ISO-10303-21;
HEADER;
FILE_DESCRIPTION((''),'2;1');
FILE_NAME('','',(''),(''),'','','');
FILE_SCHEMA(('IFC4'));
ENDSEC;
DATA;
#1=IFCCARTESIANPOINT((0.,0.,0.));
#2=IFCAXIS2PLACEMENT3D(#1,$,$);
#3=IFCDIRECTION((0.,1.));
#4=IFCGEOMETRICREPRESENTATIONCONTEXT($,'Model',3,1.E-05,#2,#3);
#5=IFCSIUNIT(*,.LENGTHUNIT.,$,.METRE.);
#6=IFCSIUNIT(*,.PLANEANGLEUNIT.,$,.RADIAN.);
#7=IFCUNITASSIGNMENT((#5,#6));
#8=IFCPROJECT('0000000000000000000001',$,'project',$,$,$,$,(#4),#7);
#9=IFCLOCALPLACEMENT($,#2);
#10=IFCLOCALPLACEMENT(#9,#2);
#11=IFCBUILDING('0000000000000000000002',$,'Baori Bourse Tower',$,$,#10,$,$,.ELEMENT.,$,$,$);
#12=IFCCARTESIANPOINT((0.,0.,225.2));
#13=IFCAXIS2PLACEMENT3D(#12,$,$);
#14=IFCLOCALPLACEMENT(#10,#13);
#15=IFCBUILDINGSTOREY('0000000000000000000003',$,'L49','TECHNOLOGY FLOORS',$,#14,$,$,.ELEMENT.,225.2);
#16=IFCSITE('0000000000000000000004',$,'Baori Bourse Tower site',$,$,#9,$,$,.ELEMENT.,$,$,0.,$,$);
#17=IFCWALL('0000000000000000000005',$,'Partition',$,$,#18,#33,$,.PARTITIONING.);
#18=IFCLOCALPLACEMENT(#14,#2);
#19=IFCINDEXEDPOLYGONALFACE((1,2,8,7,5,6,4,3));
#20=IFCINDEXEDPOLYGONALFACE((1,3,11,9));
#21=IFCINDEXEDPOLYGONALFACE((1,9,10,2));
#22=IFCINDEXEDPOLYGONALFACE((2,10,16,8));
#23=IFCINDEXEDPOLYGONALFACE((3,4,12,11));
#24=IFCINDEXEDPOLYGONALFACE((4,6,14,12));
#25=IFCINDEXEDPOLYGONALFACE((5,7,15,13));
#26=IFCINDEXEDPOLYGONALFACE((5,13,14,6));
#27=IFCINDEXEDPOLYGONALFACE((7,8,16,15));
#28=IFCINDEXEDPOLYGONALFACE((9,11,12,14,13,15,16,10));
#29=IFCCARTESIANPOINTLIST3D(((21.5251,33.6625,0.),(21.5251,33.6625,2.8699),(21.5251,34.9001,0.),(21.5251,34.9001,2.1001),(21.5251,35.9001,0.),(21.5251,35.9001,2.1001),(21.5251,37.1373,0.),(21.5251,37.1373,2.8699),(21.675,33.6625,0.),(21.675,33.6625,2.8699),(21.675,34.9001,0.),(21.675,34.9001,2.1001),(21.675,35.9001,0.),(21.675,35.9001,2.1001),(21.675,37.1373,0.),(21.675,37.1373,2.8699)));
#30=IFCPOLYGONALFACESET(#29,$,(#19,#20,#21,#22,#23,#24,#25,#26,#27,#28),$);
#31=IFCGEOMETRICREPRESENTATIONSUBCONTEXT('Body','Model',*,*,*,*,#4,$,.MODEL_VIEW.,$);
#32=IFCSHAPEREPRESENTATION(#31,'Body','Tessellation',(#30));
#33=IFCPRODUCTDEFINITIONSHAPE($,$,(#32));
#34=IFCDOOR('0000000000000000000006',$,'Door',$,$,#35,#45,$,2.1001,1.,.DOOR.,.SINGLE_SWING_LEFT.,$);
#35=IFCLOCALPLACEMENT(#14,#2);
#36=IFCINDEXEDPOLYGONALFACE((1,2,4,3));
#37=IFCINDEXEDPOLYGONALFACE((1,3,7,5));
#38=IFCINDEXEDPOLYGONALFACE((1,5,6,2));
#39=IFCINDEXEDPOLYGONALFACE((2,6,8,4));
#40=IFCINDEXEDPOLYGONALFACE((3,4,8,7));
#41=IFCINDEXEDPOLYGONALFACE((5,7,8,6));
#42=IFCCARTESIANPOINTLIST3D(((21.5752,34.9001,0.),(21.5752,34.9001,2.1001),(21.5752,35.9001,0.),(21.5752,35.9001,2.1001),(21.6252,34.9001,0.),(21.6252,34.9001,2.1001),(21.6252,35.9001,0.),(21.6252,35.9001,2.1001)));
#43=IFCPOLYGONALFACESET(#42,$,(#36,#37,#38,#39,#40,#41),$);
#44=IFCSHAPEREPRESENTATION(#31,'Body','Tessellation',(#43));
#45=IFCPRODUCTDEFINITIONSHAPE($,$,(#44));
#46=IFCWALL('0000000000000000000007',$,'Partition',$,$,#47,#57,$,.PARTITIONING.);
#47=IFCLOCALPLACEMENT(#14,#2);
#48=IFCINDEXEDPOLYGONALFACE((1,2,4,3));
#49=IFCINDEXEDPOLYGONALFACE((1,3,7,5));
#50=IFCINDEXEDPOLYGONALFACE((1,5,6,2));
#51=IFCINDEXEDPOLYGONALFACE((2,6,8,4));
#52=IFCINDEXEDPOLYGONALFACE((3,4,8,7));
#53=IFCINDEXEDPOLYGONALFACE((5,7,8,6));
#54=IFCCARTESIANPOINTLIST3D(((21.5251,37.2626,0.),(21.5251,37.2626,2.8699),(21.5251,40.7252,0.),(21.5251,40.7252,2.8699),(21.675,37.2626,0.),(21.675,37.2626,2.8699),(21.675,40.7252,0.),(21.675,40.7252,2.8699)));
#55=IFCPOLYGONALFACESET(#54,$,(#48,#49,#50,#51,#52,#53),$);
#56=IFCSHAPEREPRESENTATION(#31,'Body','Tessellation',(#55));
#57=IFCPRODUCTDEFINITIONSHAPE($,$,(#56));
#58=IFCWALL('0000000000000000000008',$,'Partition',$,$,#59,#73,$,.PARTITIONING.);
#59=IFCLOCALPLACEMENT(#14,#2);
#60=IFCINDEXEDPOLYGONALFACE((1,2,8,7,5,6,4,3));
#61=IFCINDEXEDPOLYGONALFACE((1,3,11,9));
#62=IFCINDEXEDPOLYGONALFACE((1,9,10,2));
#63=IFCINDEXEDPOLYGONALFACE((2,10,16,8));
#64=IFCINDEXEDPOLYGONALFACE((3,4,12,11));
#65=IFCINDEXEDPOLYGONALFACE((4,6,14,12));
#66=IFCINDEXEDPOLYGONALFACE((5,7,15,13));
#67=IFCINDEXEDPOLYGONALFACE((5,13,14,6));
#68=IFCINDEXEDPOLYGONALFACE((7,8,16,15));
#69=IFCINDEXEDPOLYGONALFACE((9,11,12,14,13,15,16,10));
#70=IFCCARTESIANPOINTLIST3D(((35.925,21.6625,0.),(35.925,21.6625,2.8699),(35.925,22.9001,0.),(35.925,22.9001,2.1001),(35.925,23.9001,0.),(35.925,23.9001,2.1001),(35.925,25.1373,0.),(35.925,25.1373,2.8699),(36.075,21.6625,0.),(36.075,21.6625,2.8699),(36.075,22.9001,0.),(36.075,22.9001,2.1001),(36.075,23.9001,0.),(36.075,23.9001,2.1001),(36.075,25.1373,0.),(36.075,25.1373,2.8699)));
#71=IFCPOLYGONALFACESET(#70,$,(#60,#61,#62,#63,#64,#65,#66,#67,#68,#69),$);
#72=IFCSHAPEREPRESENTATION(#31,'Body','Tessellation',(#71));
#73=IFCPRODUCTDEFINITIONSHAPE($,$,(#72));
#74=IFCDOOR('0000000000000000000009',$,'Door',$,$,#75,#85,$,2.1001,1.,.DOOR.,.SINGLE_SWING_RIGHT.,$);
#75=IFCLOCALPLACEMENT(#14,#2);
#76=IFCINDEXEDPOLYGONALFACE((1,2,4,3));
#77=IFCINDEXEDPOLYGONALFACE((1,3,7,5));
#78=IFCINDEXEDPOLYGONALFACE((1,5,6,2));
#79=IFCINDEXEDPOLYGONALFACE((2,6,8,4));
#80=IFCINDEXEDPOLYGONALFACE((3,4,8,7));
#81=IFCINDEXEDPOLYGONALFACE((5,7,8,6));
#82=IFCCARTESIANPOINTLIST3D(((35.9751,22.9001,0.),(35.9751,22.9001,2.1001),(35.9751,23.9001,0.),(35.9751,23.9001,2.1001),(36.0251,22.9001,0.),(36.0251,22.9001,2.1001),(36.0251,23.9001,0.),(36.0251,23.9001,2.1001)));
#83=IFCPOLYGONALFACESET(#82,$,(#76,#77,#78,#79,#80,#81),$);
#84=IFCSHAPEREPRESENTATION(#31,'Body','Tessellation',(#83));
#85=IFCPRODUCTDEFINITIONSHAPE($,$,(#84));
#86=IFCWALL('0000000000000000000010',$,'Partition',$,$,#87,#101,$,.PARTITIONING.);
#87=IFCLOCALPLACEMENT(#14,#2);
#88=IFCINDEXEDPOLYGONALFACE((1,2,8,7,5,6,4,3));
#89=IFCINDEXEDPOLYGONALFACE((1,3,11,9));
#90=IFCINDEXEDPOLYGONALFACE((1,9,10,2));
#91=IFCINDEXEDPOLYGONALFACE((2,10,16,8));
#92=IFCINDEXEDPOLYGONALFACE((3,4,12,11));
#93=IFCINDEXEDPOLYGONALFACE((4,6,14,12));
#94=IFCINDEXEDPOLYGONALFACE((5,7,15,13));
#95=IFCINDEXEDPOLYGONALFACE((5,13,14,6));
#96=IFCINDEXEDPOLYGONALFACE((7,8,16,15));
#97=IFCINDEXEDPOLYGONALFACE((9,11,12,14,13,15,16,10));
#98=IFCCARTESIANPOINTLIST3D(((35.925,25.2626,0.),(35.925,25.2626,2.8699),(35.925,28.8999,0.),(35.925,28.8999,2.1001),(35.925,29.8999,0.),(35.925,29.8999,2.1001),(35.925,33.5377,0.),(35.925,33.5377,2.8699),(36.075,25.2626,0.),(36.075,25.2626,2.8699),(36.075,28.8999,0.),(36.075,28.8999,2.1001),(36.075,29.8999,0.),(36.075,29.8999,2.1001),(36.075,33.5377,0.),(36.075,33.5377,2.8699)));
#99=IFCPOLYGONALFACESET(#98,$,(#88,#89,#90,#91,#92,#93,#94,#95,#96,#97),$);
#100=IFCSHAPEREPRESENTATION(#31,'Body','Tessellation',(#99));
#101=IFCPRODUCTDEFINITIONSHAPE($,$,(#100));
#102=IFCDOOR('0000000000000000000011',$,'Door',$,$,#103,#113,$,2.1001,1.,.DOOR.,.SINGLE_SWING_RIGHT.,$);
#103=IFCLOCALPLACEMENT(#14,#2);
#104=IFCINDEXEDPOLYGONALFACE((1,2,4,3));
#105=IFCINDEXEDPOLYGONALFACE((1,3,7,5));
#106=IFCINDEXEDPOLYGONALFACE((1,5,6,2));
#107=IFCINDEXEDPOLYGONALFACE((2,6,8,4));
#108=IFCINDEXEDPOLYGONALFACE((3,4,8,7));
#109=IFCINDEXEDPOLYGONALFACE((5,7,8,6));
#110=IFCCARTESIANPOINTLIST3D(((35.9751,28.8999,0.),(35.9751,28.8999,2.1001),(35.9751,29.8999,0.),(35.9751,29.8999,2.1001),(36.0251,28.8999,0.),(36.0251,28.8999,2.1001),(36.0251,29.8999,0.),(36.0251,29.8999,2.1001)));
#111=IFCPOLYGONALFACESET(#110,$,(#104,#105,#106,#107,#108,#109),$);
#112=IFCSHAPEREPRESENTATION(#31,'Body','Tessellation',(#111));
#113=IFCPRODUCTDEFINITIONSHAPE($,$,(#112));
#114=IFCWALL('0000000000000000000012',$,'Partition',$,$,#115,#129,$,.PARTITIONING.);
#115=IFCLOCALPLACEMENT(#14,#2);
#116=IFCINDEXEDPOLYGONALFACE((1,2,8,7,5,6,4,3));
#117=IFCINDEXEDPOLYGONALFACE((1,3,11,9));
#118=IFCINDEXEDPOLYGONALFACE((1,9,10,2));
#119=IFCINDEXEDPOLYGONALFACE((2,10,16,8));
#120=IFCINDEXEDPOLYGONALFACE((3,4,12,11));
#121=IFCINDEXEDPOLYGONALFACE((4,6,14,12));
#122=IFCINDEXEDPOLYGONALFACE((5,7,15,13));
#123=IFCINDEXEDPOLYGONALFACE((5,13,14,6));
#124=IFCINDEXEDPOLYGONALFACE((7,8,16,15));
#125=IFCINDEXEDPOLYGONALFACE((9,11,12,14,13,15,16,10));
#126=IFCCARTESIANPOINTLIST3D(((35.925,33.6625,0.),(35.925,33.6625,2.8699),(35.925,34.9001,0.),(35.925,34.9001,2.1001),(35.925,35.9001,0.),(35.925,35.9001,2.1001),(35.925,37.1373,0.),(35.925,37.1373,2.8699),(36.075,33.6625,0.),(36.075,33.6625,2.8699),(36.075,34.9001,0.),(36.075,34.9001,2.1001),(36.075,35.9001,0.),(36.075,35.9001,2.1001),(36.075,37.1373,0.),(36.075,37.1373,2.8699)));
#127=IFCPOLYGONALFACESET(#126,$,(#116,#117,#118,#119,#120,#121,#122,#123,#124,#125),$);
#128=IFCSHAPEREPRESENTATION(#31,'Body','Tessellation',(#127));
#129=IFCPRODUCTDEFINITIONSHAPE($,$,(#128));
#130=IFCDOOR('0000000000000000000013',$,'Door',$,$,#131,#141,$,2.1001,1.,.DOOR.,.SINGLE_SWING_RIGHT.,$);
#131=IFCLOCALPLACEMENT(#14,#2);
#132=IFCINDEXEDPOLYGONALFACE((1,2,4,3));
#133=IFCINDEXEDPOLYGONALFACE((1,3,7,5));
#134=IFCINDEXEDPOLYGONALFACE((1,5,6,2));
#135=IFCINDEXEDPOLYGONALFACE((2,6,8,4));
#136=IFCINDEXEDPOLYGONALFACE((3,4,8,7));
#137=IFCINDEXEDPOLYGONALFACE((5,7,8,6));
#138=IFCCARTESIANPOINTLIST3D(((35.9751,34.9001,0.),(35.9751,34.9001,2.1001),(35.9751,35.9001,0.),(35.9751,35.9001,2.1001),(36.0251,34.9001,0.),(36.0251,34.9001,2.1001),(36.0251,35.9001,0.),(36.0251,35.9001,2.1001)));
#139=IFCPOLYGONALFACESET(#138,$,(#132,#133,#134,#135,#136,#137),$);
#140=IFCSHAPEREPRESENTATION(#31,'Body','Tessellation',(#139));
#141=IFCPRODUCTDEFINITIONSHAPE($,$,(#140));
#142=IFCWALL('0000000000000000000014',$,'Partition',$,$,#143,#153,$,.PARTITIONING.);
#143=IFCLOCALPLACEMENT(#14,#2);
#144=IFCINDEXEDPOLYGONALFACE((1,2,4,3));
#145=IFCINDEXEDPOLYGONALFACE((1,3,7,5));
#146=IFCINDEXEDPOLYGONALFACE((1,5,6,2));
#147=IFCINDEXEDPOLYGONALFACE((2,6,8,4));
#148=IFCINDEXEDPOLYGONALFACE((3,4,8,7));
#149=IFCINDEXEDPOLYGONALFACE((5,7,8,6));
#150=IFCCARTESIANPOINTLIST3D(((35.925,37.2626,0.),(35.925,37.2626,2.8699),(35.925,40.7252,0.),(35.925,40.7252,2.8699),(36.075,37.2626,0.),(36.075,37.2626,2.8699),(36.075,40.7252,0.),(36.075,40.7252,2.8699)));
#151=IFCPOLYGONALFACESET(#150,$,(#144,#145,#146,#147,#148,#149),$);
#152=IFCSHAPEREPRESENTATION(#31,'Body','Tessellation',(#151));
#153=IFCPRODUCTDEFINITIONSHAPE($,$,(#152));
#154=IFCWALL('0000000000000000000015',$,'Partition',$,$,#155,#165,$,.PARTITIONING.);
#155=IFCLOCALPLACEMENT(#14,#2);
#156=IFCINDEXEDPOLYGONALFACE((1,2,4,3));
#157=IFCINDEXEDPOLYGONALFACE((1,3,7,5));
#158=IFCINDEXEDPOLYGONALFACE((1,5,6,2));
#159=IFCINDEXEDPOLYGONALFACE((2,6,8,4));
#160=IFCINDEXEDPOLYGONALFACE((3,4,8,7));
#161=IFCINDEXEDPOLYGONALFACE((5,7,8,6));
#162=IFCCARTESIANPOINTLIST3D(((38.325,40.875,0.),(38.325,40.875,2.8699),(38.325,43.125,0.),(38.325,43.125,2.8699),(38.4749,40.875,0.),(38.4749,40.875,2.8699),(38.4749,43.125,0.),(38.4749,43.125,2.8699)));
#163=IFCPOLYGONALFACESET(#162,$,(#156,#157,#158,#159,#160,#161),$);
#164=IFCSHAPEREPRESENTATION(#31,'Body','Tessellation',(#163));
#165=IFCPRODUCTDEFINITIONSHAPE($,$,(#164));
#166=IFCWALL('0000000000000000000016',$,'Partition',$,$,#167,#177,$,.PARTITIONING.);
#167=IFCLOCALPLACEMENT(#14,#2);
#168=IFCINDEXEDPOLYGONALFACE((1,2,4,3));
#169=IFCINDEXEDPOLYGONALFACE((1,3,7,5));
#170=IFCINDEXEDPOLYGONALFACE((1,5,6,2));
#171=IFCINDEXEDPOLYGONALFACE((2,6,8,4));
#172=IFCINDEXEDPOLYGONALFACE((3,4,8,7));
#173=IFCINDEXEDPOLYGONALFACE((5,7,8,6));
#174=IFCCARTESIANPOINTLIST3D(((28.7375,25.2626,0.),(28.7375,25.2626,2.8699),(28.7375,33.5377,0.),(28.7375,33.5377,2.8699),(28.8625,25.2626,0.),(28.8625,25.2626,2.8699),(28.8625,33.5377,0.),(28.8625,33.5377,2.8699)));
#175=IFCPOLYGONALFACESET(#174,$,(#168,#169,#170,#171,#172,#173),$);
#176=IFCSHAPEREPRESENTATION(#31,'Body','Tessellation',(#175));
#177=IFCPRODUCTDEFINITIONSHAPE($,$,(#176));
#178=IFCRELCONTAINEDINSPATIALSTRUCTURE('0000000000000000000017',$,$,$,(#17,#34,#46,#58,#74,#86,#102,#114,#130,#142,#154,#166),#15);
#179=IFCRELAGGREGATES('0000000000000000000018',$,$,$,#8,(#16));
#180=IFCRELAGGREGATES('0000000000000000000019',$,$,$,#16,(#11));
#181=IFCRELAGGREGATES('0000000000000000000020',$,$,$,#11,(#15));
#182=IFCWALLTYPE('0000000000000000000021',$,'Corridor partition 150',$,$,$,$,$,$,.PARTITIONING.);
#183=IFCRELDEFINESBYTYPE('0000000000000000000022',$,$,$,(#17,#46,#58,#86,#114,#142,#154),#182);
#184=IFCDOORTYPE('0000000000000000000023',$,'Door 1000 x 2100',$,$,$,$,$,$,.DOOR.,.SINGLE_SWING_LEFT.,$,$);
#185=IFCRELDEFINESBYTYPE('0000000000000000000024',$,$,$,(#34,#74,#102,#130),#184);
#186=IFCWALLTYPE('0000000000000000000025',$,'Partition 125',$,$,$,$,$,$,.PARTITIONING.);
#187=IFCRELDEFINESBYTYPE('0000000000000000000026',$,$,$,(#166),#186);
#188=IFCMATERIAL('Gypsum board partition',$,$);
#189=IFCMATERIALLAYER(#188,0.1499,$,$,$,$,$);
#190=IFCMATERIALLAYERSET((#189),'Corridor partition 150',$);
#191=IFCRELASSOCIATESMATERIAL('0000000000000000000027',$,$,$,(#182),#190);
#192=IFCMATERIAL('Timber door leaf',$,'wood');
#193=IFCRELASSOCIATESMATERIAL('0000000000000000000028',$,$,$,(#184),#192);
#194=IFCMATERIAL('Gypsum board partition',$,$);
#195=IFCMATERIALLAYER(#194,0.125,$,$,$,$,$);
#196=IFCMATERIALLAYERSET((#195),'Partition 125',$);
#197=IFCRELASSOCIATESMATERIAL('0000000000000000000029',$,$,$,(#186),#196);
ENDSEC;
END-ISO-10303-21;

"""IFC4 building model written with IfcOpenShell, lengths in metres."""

from ifc_helpers import new_model, si_unit, direction, frame, frame_2d, origin, place, context, subcontext, project, spatial, rectangle, extrude, material, layer, layer_set, type_object, element, fill, save


model = new_model("IFC4")

# Units and contexts
model_context = context("Model", 3, precision=1e-05, world=origin(), true_north=direction((0.0, 1.0)))
body_context = subcontext(model_context, "Body", "Model", "MODEL_VIEW")
ifc_project = project(units=[si_unit("LENGTHUNIT", "METRE"), si_unit("PLANEANGLEUNIT", "RADIAN")], contexts=[model_context])

# Site, building, storey
site_placement = place(None, origin())
site = spatial("IfcSite", under=ifc_project, at=site_placement, Name="Baori Bourse Tower site", CompositionType="ELEMENT", RefElevation=0.0)
building_placement = place(site_placement, origin())
building = spatial("IfcBuilding", under=site, at=building_placement, Name="Baori Bourse Tower", CompositionType="ELEMENT")
storey_placement = place(building_placement, frame((0.0, 0.0, 225.2)))
storey = spatial("IfcBuildingStorey", under=building, at=storey_placement, Name="L49", Description="TECHNOLOGY FLOORS", CompositionType="ELEMENT", Elevation=225.2)

# Wall, opening, door
ifc_material_1 = material(Name="Gypsum board partition")
ifc_layer_1 = layer(ifc_material_1, 0.1499)
ifc_layer_set_1 = layer_set([ifc_layer_1], Name="Corridor partition 150")
wall_type_1 = type_object("IfcWallType", Name="Corridor partition 150", PredefinedType="PARTITIONING", material=ifc_layer_set_1)
ifc_material_2 = material(Name="Timber door leaf", Category="wood")
door_type = type_object("IfcDoorType", Name="Door 1000 x 2100", OperationType="SINGLE_SWING_LEFT", PredefinedType="DOOR", material=ifc_material_2)
wall_1_placement = place(storey_placement, frame((21.6001, 33.6626, 0.0), z_axis=(0.0, 0.0, 1.0), x_axis=(0.0, 1.0, 0.0)))
wall_1 = element("IfcWall", 1, at=wall_1_placement, inside=storey, type_object=wall_type_1, Name="Partition", PredefinedType="PARTITIONING", context=body_context, shape_type="SweptSolid", body=[
    extrude(rectangle(XDim=3.4749, YDim=0.1499, at=frame_2d((1.7373, 0.0))), origin(), (0.0, 0.0, 1.0), 2.8699),
])
opening_1_placement = place(wall_1_placement, frame((1.2375, 0.0, 0.0)))
opening_1 = element("IfcOpeningElement", 2, at=opening_1_placement, cuts=wall_1, PredefinedType="OPENING", context=body_context, shape_type="SweptSolid", body=[
    extrude(rectangle(XDim=1.0, YDim=2.1001, at=frame_2d((0.5, 1.05))), frame((0.0, 0.085, 0.0), z_axis=(0.0, -1.0, 0.0), x_axis=(1.0, 0.0, 0.0)), (0.0, 0.0, 1.0), 0.1699),
])
door_1_placement = place(opening_1_placement, origin())
door_1 = element("IfcDoor", 3, at=door_1_placement, inside=storey, type_object=door_type, Name="Door", OperationType="SINGLE_SWING_LEFT", OverallHeight=2.1001, OverallWidth=1.0, PredefinedType="DOOR", context=body_context, shape_type="SweptSolid", body=[
    extrude(rectangle(XDim=1.0, YDim=2.1001, at=frame_2d((0.5, 1.05))), frame((0.0, 0.0249, 0.0), z_axis=(0.0, -1.0, 0.0), x_axis=(1.0, 0.0, 0.0)), (0.0, 0.0, 1.0), 0.05),
])
fill(opening_1, door_1)

# Wall
wall_2_placement = place(storey_placement, frame((21.6001, 37.2625, 0.0), z_axis=(0.0, 0.0, 1.0), x_axis=(0.0, 1.0, 0.0)))
element("IfcWall", 4, at=wall_2_placement, inside=storey, type_object=wall_type_1, Name="Partition", PredefinedType="PARTITIONING", context=body_context, shape_type="SweptSolid", body=[
    extrude(rectangle(XDim=3.4626, YDim=0.1499, at=frame_2d((1.7314, 0.0))), origin(), (0.0, 0.0, 1.0), 2.8699),
])

# Walls, openings, doors
wall_3_placement = place(storey_placement, frame((36.0, 21.6626, 0.0), z_axis=(0.0, 0.0, 1.0), x_axis=(0.0, 1.0, 0.0)))
wall_3 = element("IfcWall", 5, at=wall_3_placement, inside=storey, type_object=wall_type_1, Name="Partition", PredefinedType="PARTITIONING", context=body_context, shape_type="SweptSolid", body=[
    extrude(rectangle(XDim=3.4749, YDim=0.1499, at=frame_2d((1.7373, 0.0))), origin(), (0.0, 0.0, 1.0), 2.8699),
])
opening_2_placement = place(wall_3_placement, frame((1.2375, 0.0, 0.0)))
opening_2 = element("IfcOpeningElement", 6, at=opening_2_placement, cuts=wall_3, PredefinedType="OPENING", context=body_context, shape_type="SweptSolid", body=[
    extrude(rectangle(XDim=1.0, YDim=2.1001, at=frame_2d((0.5, 1.05))), frame((0.0, 0.085, 0.0), z_axis=(0.0, -1.0, 0.0), x_axis=(1.0, 0.0, 0.0)), (0.0, 0.0, 1.0), 0.1699),
])
door_2_placement = place(opening_2_placement, origin())
door_2 = element("IfcDoor", 7, at=door_2_placement, inside=storey, type_object=door_type, Name="Door", OperationType="SINGLE_SWING_RIGHT", OverallHeight=2.1001, OverallWidth=1.0, PredefinedType="DOOR", context=body_context, shape_type="SweptSolid", body=[
    extrude(rectangle(XDim=1.0, YDim=2.1001, at=frame_2d((0.5, 1.05))), frame((0.0, 0.0249, 0.0), z_axis=(0.0, -1.0, 0.0), x_axis=(1.0, 0.0, 0.0)), (0.0, 0.0, 1.0), 0.05),
])
fill(opening_2, door_2)
wall_4_placement = place(storey_placement, frame((36.0, 25.2625, 0.0), z_axis=(0.0, 0.0, 1.0), x_axis=(0.0, 1.0, 0.0)))
wall_4 = element("IfcWall", 8, at=wall_4_placement, inside=storey, type_object=wall_type_1, Name="Partition", PredefinedType="PARTITIONING", context=body_context, shape_type="SweptSolid", body=[
    extrude(rectangle(XDim=8.2751, YDim=0.1499, at=frame_2d((4.1377, 0.0))), origin(), (0.0, 0.0, 1.0), 2.8699),
])
opening_3_placement = place(wall_4_placement, frame((3.6375, 0.0, 0.0)))
opening_3 = element("IfcOpeningElement", 9, at=opening_3_placement, cuts=wall_4, PredefinedType="OPENING", context=body_context, shape_type="SweptSolid", body=[
    extrude(rectangle(XDim=1.0, YDim=2.1001, at=frame_2d((0.5, 1.05))), frame((0.0, 0.085, 0.0), z_axis=(0.0, -1.0, 0.0), x_axis=(1.0, 0.0, 0.0)), (0.0, 0.0, 1.0), 0.1699),
])
door_3_placement = place(opening_3_placement, origin())
door_3 = element("IfcDoor", 10, at=door_3_placement, inside=storey, type_object=door_type, Name="Door", OperationType="SINGLE_SWING_RIGHT", OverallHeight=2.1001, OverallWidth=1.0, PredefinedType="DOOR", context=body_context, shape_type="SweptSolid", body=[
    extrude(rectangle(XDim=1.0, YDim=2.1001, at=frame_2d((0.5, 1.05))), frame((0.0, 0.0249, 0.0), z_axis=(0.0, -1.0, 0.0), x_axis=(1.0, 0.0, 0.0)), (0.0, 0.0, 1.0), 0.05),
])
fill(opening_3, door_3)
wall_5_placement = place(storey_placement, frame((36.0, 33.6626, 0.0), z_axis=(0.0, 0.0, 1.0), x_axis=(0.0, 1.0, 0.0)))
wall_5 = element("IfcWall", 11, at=wall_5_placement, inside=storey, type_object=wall_type_1, Name="Partition", PredefinedType="PARTITIONING", context=body_context, shape_type="SweptSolid", body=[
    extrude(rectangle(XDim=3.4749, YDim=0.1499, at=frame_2d((1.7373, 0.0))), origin(), (0.0, 0.0, 1.0), 2.8699),
])
opening_4_placement = place(wall_5_placement, frame((1.2375, 0.0, 0.0)))
opening_4 = element("IfcOpeningElement", 12, at=opening_4_placement, cuts=wall_5, PredefinedType="OPENING", context=body_context, shape_type="SweptSolid", body=[
    extrude(rectangle(XDim=1.0, YDim=2.1001, at=frame_2d((0.5, 1.05))), frame((0.0, 0.085, 0.0), z_axis=(0.0, -1.0, 0.0), x_axis=(1.0, 0.0, 0.0)), (0.0, 0.0, 1.0), 0.1699),
])
door_4_placement = place(opening_4_placement, origin())
door_4 = element("IfcDoor", 13, at=door_4_placement, inside=storey, type_object=door_type, Name="Door", OperationType="SINGLE_SWING_RIGHT", OverallHeight=2.1001, OverallWidth=1.0, PredefinedType="DOOR", context=body_context, shape_type="SweptSolid", body=[
    extrude(rectangle(XDim=1.0, YDim=2.1001, at=frame_2d((0.5, 1.05))), frame((0.0, 0.0249, 0.0), z_axis=(0.0, -1.0, 0.0), x_axis=(1.0, 0.0, 0.0)), (0.0, 0.0, 1.0), 0.05),
])
fill(opening_4, door_4)

# Walls
wall_6_placement = place(storey_placement, frame((36.0, 37.2625, 0.0), z_axis=(0.0, 0.0, 1.0), x_axis=(0.0, 1.0, 0.0)))
element("IfcWall", 14, at=wall_6_placement, inside=storey, type_object=wall_type_1, Name="Partition", PredefinedType="PARTITIONING", context=body_context, shape_type="SweptSolid", body=[
    extrude(rectangle(XDim=3.4626, YDim=0.1499, at=frame_2d((1.7314, 0.0))), origin(), (0.0, 0.0, 1.0), 2.8699),
])
wall_7_placement = place(storey_placement, frame((38.3999, 40.875, 0.0), z_axis=(0.0, 0.0, 1.0), x_axis=(0.0, 1.0, 0.0)))
element("IfcWall", 15, at=wall_7_placement, inside=storey, type_object=wall_type_1, Name="Partition", PredefinedType="PARTITIONING", context=body_context, shape_type="SweptSolid", body=[
    extrude(rectangle(XDim=2.25, YDim=0.1499, at=frame_2d((1.125, 0.0))), origin(), (0.0, 0.0, 1.0), 2.8699),
])
ifc_material_3 = material(Name="Gypsum board partition")
ifc_layer_2 = layer(ifc_material_3, 0.125)
ifc_layer_set_2 = layer_set([ifc_layer_2], Name="Partition 125")
wall_type_2 = type_object("IfcWallType", Name="Partition 125", PredefinedType="PARTITIONING", material=ifc_layer_set_2)
wall_8_placement = place(storey_placement, frame((28.8, 25.2625, 0.0), z_axis=(0.0, 0.0, 1.0), x_axis=(0.0, 1.0, 0.0)))
element("IfcWall", 16, at=wall_8_placement, inside=storey, type_object=wall_type_2, Name="Partition", PredefinedType="PARTITIONING", context=body_context, shape_type="SweptSolid", body=[
    extrude(rectangle(XDim=8.2751, YDim=0.125, at=frame_2d((4.1377, 0.0))), origin(), (0.0, 0.0, 1.0), 2.8699),
])

save(model, "model.ifc")
